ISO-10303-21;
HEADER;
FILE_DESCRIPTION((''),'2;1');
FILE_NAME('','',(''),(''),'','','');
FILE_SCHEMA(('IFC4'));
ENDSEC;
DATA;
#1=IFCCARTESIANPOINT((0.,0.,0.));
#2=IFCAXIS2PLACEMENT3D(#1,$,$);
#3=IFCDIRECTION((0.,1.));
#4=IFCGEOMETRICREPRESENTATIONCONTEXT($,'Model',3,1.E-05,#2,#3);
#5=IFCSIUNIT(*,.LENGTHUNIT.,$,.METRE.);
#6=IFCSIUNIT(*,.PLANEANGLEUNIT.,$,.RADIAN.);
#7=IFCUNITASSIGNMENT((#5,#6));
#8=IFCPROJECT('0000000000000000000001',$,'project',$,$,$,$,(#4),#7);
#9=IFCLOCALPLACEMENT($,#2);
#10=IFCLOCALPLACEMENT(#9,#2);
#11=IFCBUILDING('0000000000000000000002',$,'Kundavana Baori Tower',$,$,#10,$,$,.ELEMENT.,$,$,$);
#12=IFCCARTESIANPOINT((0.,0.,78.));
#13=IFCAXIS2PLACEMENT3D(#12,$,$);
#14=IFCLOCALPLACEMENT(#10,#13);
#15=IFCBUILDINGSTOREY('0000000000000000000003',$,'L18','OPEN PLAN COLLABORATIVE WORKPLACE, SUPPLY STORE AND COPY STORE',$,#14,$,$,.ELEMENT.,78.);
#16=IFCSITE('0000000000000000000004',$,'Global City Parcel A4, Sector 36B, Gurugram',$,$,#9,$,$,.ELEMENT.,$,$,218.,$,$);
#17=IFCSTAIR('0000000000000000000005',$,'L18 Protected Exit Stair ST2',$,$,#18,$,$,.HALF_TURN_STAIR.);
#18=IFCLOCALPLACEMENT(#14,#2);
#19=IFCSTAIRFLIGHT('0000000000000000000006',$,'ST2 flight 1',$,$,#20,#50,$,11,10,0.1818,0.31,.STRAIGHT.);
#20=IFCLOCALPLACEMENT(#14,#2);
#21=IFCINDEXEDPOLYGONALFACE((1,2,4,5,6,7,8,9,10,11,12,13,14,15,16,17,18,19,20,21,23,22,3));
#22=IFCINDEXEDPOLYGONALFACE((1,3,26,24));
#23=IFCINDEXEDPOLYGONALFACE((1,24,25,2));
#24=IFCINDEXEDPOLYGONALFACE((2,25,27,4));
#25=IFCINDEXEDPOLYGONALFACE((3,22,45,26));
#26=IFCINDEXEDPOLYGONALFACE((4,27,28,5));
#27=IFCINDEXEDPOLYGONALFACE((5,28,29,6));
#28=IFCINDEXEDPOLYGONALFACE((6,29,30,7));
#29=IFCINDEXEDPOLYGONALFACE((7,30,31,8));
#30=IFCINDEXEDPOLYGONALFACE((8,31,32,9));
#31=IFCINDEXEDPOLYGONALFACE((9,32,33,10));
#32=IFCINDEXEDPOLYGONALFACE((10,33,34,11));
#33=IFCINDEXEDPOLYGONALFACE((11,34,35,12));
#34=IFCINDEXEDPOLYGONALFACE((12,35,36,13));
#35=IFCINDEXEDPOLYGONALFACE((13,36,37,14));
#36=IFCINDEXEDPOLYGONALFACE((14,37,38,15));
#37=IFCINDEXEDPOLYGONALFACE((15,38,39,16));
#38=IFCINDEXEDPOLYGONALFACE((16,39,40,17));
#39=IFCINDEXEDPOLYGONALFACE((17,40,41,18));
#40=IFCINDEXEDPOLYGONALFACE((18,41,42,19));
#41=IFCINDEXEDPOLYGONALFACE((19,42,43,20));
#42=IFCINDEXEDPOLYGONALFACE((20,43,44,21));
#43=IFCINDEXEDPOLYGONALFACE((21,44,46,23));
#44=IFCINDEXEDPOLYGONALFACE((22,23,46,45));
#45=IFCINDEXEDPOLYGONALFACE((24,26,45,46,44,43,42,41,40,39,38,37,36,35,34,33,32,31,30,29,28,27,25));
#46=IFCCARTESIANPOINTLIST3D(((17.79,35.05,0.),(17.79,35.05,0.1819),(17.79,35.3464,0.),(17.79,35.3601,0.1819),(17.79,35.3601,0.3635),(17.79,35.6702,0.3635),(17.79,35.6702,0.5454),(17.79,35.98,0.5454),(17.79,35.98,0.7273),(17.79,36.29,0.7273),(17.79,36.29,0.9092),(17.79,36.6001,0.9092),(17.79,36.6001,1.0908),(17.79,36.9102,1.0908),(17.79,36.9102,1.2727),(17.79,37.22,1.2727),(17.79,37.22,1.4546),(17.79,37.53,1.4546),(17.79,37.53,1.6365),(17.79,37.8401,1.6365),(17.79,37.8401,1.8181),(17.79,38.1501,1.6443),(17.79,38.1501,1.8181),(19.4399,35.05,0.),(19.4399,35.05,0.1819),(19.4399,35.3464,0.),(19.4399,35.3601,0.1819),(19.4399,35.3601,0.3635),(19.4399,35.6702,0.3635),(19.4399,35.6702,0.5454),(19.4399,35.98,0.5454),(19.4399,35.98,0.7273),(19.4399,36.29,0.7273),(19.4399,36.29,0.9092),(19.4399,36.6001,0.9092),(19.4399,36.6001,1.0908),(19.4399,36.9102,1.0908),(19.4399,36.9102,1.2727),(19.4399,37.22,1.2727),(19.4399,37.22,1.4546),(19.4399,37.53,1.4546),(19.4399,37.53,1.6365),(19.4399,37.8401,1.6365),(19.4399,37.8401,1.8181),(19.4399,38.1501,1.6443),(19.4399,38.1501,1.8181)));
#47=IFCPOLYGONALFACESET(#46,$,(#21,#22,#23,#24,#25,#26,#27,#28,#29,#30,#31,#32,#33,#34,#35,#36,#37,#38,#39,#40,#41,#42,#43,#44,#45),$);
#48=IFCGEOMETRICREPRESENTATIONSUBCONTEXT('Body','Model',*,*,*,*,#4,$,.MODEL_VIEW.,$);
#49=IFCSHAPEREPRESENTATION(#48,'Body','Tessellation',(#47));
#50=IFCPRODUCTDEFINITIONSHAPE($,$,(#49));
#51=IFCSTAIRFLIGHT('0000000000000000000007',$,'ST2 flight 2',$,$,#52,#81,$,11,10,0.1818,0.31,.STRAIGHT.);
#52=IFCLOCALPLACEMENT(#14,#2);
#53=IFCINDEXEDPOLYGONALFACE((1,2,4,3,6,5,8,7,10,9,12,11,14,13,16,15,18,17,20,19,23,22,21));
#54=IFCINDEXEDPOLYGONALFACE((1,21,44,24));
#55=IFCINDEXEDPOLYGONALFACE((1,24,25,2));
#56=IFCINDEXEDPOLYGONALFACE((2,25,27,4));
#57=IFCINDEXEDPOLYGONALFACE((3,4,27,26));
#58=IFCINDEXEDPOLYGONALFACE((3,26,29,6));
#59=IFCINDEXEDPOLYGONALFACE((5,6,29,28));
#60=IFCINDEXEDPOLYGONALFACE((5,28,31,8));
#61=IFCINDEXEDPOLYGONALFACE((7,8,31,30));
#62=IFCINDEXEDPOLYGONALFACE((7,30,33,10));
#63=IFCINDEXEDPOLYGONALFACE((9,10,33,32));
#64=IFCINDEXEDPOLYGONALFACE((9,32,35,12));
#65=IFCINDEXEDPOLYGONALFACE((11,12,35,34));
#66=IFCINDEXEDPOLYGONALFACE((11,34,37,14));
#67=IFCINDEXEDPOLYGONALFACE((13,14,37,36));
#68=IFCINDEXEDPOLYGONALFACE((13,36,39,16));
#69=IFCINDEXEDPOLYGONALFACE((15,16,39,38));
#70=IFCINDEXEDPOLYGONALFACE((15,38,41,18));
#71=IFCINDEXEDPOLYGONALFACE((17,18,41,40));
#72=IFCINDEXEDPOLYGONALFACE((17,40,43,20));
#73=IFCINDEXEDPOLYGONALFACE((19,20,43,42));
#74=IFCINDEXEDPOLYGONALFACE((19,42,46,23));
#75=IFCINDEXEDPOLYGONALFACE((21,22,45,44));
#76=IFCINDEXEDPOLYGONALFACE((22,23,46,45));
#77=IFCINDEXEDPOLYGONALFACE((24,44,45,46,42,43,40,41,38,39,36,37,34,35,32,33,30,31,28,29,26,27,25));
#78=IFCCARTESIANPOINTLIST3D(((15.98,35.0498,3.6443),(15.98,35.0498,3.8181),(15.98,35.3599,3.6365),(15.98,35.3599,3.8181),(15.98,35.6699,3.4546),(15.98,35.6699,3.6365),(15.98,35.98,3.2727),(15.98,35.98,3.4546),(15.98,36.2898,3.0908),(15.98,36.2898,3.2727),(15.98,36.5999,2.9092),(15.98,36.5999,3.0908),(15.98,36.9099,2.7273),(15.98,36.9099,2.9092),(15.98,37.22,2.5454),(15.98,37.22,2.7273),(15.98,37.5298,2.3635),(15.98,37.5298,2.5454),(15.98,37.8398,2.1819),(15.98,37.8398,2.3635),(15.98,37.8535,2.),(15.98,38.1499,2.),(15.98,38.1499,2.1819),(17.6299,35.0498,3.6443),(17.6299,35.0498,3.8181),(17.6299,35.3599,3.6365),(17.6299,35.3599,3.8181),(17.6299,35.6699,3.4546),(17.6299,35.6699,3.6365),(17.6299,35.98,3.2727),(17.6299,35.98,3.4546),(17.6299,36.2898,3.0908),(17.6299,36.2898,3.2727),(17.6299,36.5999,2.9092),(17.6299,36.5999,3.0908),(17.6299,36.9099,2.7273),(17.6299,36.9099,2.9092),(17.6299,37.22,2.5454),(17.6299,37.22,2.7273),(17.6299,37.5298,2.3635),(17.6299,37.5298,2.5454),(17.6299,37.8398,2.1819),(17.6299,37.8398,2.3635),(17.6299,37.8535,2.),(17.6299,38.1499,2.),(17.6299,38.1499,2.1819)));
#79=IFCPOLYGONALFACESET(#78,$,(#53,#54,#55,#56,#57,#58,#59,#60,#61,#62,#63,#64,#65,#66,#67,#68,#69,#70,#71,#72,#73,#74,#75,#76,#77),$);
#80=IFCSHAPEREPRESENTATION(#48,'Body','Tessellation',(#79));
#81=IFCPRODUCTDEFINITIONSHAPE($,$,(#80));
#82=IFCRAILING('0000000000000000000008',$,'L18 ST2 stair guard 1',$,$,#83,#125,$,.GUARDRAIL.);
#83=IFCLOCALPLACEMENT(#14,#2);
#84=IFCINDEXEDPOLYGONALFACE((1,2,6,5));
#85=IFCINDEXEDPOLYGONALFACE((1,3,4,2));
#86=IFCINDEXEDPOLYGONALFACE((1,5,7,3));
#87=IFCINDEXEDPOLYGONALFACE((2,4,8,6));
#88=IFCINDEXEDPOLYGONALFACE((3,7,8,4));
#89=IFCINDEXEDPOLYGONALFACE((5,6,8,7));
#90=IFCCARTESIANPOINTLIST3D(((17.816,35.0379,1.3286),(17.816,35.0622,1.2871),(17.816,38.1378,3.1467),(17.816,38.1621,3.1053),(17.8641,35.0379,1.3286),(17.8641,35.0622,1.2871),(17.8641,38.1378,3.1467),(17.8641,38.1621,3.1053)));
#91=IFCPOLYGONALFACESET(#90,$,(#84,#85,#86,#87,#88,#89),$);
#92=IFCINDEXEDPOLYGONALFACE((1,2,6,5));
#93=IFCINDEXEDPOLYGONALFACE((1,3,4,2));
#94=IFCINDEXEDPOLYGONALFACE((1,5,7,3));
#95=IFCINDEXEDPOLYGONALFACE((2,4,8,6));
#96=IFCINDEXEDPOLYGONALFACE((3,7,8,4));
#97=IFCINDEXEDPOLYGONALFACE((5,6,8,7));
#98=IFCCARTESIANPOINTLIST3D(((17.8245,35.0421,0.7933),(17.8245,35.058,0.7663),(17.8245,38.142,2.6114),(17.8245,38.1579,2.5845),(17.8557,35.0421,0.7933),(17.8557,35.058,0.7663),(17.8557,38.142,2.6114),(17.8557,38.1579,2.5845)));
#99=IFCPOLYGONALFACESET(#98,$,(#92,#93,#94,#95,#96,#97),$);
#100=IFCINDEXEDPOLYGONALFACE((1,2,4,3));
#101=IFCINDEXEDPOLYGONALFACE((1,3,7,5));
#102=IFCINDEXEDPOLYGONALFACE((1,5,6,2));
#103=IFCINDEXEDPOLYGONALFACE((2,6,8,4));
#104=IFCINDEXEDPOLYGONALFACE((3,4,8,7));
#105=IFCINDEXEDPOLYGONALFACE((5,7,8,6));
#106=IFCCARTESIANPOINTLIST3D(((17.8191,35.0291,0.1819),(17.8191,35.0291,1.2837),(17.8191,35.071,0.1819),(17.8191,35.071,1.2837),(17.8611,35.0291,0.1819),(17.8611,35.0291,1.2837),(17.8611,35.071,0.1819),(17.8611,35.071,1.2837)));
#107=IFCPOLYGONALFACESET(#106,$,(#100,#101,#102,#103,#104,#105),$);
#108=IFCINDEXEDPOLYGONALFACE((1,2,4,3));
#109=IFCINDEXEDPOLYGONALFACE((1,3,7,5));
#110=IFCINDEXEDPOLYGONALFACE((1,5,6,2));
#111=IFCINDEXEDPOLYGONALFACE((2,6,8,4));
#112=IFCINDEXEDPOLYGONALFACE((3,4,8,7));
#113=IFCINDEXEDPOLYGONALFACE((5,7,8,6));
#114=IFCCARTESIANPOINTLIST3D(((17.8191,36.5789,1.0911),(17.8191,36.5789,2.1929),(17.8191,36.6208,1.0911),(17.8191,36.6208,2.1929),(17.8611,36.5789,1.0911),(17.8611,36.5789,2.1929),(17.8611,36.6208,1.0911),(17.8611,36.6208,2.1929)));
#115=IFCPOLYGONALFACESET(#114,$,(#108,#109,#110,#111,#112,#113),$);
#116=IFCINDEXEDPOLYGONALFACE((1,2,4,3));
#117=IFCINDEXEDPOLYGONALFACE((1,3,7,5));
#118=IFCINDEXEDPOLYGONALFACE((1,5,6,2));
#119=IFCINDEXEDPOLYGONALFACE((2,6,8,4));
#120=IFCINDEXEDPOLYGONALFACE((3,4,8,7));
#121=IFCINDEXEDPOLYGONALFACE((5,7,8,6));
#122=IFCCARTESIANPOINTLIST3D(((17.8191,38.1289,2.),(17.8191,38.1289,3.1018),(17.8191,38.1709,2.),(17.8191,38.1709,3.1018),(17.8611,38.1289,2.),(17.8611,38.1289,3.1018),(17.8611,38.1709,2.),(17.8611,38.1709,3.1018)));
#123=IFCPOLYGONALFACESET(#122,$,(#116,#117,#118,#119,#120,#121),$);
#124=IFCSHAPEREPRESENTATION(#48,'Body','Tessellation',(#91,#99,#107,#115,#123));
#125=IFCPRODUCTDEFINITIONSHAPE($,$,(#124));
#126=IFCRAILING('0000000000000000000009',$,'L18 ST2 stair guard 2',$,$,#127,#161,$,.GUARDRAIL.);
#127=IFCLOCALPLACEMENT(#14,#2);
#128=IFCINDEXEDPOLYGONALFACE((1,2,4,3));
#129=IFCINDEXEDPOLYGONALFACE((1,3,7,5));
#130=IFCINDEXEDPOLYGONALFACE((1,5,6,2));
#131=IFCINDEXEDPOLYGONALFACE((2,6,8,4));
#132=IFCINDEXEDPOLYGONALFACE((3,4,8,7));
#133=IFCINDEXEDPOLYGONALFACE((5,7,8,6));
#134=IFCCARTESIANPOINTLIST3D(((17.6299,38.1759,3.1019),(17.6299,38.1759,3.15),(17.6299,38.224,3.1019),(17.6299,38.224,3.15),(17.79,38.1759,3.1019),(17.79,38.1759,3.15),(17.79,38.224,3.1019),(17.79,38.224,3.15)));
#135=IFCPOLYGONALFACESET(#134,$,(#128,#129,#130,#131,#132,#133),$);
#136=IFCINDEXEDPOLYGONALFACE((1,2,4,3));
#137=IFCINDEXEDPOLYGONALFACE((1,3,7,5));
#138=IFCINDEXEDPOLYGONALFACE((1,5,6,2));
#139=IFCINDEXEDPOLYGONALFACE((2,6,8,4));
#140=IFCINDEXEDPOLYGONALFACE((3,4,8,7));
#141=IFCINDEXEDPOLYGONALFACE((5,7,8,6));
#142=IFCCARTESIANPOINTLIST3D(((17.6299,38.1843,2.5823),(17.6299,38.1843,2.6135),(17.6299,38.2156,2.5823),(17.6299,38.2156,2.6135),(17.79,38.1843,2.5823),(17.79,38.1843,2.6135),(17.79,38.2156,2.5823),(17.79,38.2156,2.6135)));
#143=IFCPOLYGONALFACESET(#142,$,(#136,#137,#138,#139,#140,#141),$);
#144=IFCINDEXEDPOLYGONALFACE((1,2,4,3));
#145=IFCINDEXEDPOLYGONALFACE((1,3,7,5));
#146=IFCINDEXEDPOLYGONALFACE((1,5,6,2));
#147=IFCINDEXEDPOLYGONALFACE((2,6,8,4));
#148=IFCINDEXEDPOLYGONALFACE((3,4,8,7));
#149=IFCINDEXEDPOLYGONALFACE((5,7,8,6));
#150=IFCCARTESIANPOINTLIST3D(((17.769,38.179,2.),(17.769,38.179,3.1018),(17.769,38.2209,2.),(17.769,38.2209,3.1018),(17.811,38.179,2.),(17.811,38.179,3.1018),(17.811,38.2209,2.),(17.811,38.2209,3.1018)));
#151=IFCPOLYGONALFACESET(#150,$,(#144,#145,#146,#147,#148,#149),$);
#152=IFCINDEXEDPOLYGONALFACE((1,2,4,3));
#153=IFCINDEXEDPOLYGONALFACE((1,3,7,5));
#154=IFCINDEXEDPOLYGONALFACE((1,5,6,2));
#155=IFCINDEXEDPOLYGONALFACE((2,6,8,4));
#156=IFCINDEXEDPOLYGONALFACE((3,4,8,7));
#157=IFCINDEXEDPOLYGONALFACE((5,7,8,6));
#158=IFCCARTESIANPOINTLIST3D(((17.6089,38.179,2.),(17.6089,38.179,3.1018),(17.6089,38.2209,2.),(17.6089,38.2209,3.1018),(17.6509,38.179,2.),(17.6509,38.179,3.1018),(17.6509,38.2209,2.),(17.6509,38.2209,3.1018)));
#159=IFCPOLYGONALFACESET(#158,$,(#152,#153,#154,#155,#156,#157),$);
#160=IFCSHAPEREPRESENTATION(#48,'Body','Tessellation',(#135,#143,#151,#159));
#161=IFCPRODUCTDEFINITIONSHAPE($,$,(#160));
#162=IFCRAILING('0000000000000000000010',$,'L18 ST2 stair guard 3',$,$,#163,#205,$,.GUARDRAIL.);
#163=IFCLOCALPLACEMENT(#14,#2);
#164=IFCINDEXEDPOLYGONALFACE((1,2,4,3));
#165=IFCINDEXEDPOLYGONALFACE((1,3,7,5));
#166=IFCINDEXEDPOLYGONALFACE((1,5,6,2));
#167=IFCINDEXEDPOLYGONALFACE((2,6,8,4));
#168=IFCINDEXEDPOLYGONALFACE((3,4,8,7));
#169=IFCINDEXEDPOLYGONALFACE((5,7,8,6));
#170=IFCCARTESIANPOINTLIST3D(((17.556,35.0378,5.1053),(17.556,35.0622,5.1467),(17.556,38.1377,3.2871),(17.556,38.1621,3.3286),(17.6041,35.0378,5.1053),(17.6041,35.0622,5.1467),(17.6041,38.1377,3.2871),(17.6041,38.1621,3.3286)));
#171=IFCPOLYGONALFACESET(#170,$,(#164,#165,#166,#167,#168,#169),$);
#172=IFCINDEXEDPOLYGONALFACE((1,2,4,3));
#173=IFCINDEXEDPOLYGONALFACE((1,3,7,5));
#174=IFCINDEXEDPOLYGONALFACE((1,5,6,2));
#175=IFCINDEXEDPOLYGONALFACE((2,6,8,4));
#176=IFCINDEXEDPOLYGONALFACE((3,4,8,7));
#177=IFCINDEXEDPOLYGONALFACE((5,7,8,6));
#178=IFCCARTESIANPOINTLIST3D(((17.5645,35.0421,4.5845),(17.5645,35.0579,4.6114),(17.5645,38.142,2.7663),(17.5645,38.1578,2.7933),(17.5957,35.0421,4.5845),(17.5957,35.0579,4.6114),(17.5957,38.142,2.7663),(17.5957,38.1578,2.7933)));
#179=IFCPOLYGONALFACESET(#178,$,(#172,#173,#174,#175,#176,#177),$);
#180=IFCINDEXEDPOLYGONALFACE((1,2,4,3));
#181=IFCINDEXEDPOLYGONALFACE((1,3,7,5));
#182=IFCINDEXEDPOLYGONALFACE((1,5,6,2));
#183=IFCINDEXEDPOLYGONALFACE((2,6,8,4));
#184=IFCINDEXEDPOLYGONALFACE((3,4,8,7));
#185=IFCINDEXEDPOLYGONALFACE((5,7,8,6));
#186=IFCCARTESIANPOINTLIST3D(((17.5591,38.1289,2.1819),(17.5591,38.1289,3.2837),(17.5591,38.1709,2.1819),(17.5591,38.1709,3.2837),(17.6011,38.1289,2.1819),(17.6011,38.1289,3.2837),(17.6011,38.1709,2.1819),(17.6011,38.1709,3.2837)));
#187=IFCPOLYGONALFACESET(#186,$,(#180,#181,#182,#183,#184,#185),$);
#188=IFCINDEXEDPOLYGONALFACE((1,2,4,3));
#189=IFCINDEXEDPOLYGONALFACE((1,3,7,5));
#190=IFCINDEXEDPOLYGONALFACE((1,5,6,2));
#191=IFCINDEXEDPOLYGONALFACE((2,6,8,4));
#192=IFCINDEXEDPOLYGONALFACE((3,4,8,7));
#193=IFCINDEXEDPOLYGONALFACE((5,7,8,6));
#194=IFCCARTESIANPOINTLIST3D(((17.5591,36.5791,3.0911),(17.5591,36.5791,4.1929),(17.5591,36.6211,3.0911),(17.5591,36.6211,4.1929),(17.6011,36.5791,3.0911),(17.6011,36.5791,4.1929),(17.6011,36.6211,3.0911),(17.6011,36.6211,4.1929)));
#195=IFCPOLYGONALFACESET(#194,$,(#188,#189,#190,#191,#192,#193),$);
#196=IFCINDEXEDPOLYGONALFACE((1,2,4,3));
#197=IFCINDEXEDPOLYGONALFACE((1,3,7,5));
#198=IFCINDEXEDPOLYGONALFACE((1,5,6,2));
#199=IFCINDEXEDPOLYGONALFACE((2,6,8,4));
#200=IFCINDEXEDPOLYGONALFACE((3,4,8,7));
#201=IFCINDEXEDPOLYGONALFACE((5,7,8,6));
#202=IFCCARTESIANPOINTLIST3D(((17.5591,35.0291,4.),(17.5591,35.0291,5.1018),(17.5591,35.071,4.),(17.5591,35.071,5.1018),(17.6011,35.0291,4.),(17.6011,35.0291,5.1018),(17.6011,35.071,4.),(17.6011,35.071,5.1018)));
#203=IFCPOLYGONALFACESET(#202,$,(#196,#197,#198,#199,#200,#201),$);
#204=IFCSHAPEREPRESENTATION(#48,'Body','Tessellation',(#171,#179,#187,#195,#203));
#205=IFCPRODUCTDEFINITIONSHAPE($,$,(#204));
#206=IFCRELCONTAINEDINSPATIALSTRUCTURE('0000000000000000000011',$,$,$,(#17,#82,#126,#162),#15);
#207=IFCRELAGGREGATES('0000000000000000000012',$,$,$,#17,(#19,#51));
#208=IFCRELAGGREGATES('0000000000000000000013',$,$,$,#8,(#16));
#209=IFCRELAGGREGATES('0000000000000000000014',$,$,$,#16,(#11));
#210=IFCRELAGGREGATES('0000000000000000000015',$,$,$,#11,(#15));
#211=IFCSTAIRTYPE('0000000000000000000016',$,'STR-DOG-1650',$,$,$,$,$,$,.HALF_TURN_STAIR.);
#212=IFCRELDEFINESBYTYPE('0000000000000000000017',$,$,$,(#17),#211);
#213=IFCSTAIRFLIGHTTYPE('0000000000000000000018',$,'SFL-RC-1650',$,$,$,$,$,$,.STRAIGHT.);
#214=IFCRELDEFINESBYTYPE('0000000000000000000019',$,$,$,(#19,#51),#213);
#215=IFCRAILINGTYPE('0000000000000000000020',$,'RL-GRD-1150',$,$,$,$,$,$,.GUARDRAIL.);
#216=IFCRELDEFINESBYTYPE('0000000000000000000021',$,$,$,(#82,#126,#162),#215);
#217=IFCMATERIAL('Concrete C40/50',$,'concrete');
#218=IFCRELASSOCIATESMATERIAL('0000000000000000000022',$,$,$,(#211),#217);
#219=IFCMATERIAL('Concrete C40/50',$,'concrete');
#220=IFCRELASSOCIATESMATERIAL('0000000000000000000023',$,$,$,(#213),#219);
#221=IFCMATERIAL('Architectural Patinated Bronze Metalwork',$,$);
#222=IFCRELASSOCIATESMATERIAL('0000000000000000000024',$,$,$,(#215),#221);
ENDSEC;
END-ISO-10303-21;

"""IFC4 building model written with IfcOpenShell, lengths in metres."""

from ifc_helpers import new_model, si_unit, direction, frame, origin, origin_2d, place, context, subcontext, project, spatial, polyline, rectangle, outline, extrude, material, type_object, element, aggregate, save


model = new_model("IFC4")

# Units and contexts
model_context = context("Model", 3, precision=1e-05, world=origin(), true_north=direction((0.0, 1.0)))
body_context = subcontext(model_context, "Body", "Model", "MODEL_VIEW")
ifc_project = project(units=[si_unit("LENGTHUNIT", "METRE"), si_unit("PLANEANGLEUNIT", "RADIAN")], contexts=[model_context])

# Site, building, storey
site_placement = place(None, origin())
site = spatial("IfcSite", under=ifc_project, at=site_placement, Name="Global City Parcel A4, Sector 36B, Gurugram", CompositionType="ELEMENT", RefElevation=218.0)
building_placement = place(site_placement, origin())
building = spatial("IfcBuilding", under=site, at=building_placement, Name="Kundavana Baori Tower", CompositionType="ELEMENT")
storey_placement = place(building_placement, frame((0.0, 0.0, 78.0)))
storey = spatial("IfcBuildingStorey", under=building, at=storey_placement, Name="L18", Description="OPEN PLAN COLLABORATIVE WORKPLACE, SUPPLY STORE AND COPY STORE", CompositionType="ELEMENT", Elevation=78.0)

# Stair, stair flights
ifc_material_1 = material(Name="Concrete C40/50", Category="concrete")
stair_type = type_object("IfcStairType", Name="STR-DOG-1650", PredefinedType="HALF_TURN_STAIR", material=ifc_material_1)
stair_placement = place(storey_placement, origin())
stair = element("IfcStair", 1, at=stair_placement, inside=storey, type_object=stair_type, Name="L18 Protected Exit Stair ST2", PredefinedType="HALF_TURN_STAIR")
ifc_material_2 = material(Name="Concrete C40/50", Category="concrete")
stair_flight_type = type_object("IfcStairFlightType", Name="SFL-RC-1650", PredefinedType="STRAIGHT", material=ifc_material_2)
stair_flight_1_placement = place(storey_placement, frame((18.615, 35.05, 0.0), z_axis=(0.0, 0.0, 1.0), x_axis=(0.0, 1.0, 0.0)))
stair_flight_1 = element("IfcStairFlight", 2, at=stair_flight_1_placement, type_object=stair_flight_type, Name="ST2 flight 1", NumberOfRisers=11, NumberOfTreads=10, PredefinedType="STRAIGHT", RiserHeight=0.1818, TreadLength=0.31, context=body_context, shape_type="SweptSolid", body=[
    extrude(outline(polyline([(0.0, 0.0), (0.0, 0.1819), (0.3101, 0.1819), (0.3101, 0.3635), (0.6201, 0.3635), (0.6201, 0.5454), (0.9299, 0.5454), (0.9299, 0.7273), (1.24, 0.7273), (1.24, 0.9092), (1.55, 0.9092), (1.55, 1.0908), (1.8601, 1.0908), (1.8601, 1.2727), (2.1699, 1.2727), (2.1699, 1.4546), (2.48, 1.4546), (2.48, 1.6365), (2.79, 1.6365), (2.79, 1.8181), (3.1001, 1.8181), (3.1001, 2.0), (3.1001, 1.6443), (0.2964, 0.0), (0.0, 0.0)])), frame((0.0, 0.825, 0.0), z_axis=(0.0, -1.0, 0.0), x_axis=(1.0, 0.0, 0.0)), (0.0, 0.0, 1.0), 1.6499),
])
stair_flight_2_placement = place(storey_placement, frame((16.8049, 38.1499, 2.0), z_axis=(0.0, 0.0, 1.0), x_axis=(0.0, -1.0, 0.0)))
stair_flight_2 = element("IfcStairFlight", 3, at=stair_flight_2_placement, type_object=stair_flight_type, Name="ST2 flight 2", NumberOfRisers=11, NumberOfTreads=10, PredefinedType="STRAIGHT", RiserHeight=0.1818, TreadLength=0.31, context=body_context, shape_type="SweptSolid", body=[
    extrude(outline(polyline([(0.0, 0.0), (0.0, 0.1819), (0.3101, 0.1819), (0.3101, 0.3635), (0.6201, 0.3635), (0.6201, 0.5454), (0.9299, 0.5454), (0.9299, 0.7273), (1.24, 0.7273), (1.24, 0.9092), (1.55, 0.9092), (1.55, 1.0908), (1.8601, 1.0908), (1.8601, 1.2727), (2.1699, 1.2727), (2.1699, 1.4546), (2.48, 1.4546), (2.48, 1.6365), (2.79, 1.6365), (2.79, 1.8181), (3.1001, 1.8181), (3.1001, 2.0), (3.1001, 1.6443), (0.2964, 0.0), (0.0, 0.0)])), frame((0.0, 0.825, 0.0), z_axis=(0.0, -1.0, 0.0), x_axis=(1.0, 0.0, 0.0)), (0.0, 0.0, 1.0), 1.6499),
])
aggregate(stair, [stair_flight_1, stair_flight_2])

# Railings
ifc_material_3 = material(Name="Architectural Patinated Bronze Metalwork")
railing_type_1 = type_object("IfcRailingType", Name="RL-GRD-1150", PredefinedType="GUARDRAIL", material=ifc_material_3)
railing_1_placement = place(storey_placement, frame((17.8401, 35.05, 0.1819)))
element("IfcRailing", 4, at=railing_1_placement, inside=storey, type_object=railing_type_1, Name="L18 ST2 stair guard 1", PredefinedType="GUARDRAIL", context=body_context, shape_type="SweptSolid", body=[
    extrude(rectangle(XDim=0.0481, YDim=0.0481, at=origin_2d()), frame((0.0, 0.0, 1.126), z_axis=(0.0, 0.862581, 0.505918), x_axis=(-1.0, 0.0, 0.0)), (0.0, 0.0, 1.0), 3.5938),
    extrude(rectangle(XDim=0.0312, YDim=0.0312, at=origin_2d()), frame((0.0, 0.0, 0.5979), z_axis=(0.0, 0.862581, 0.505918), x_axis=(-1.0, 0.0, 0.0)), (0.0, 0.0, 1.0), 3.5938),
    extrude(rectangle(XDim=0.042, YDim=0.042, at=origin_2d()), origin(), (0.0, 0.0, 1.0), 1.1018),
    extrude(rectangle(XDim=0.042, YDim=0.042, at=origin_2d()), frame((0.0, 1.5498, 0.9092)), (0.0, 0.0, 1.0), 1.1018),
    extrude(rectangle(XDim=0.042, YDim=0.042, at=origin_2d()), frame((0.0, 3.0999, 1.8181)), (0.0, 0.0, 1.0), 1.1018),
])
railing_2_placement = place(storey_placement, frame((17.79, 38.2, 2.0)))
element("IfcRailing", 5, at=railing_2_placement, inside=storey, type_object=railing_type_1, Name="L18 ST2 stair guard 2", PredefinedType="GUARDRAIL", context=body_context, shape_type="SweptSolid", body=[
    extrude(rectangle(XDim=0.0481, YDim=0.0481, at=origin_2d()), frame((0.0, 0.0, 1.126), z_axis=(-1.0, 0.0, 0.0), x_axis=(0.0, -1.0, 0.0)), (0.0, 0.0, 1.0), 0.1602),
    extrude(rectangle(XDim=0.0312, YDim=0.0312, at=origin_2d()), frame((0.0, 0.0, 0.5979), z_axis=(-1.0, 0.0, 0.0), x_axis=(0.0, -1.0, 0.0)), (0.0, 0.0, 1.0), 0.1602),
    extrude(rectangle(XDim=0.042, YDim=0.042, at=origin_2d()), origin(), (0.0, 0.0, 1.0), 1.1018),
    extrude(rectangle(XDim=0.042, YDim=0.042, at=origin_2d()), frame((-0.1602, 0.0, 0.0)), (0.0, 0.0, 1.0), 1.1018),
])
railing_3_placement = place(storey_placement, frame((17.5801, 38.1499, 2.1819)))
element("IfcRailing", 6, at=railing_3_placement, inside=storey, type_object=railing_type_1, Name="L18 ST2 stair guard 3", PredefinedType="GUARDRAIL", context=body_context, shape_type="SweptSolid", body=[
    extrude(rectangle(XDim=0.0481, YDim=0.0481, at=origin_2d()), frame((0.0, 0.0, 1.126), z_axis=(0.0, -0.862581, 0.505918), x_axis=(1.0, 0.0, 0.0)), (0.0, 0.0, 1.0), 3.5938),
    extrude(rectangle(XDim=0.0312, YDim=0.0312, at=origin_2d()), frame((0.0, 0.0, 0.5979), z_axis=(0.0, -0.862581, 0.505918), x_axis=(1.0, 0.0, 0.0)), (0.0, 0.0, 1.0), 3.5938),
    extrude(rectangle(XDim=0.042, YDim=0.042, at=origin_2d()), origin(), (0.0, 0.0, 1.0), 1.1018),
    extrude(rectangle(XDim=0.042, YDim=0.042, at=origin_2d()), frame((0.0, -1.5498, 0.9092)), (0.0, 0.0, 1.0), 1.1018),
    extrude(rectangle(XDim=0.042, YDim=0.042, at=origin_2d()), frame((0.0, -3.0999, 1.8181)), (0.0, 0.0, 1.0), 1.1018),
])

save(model, "model.ifc")
